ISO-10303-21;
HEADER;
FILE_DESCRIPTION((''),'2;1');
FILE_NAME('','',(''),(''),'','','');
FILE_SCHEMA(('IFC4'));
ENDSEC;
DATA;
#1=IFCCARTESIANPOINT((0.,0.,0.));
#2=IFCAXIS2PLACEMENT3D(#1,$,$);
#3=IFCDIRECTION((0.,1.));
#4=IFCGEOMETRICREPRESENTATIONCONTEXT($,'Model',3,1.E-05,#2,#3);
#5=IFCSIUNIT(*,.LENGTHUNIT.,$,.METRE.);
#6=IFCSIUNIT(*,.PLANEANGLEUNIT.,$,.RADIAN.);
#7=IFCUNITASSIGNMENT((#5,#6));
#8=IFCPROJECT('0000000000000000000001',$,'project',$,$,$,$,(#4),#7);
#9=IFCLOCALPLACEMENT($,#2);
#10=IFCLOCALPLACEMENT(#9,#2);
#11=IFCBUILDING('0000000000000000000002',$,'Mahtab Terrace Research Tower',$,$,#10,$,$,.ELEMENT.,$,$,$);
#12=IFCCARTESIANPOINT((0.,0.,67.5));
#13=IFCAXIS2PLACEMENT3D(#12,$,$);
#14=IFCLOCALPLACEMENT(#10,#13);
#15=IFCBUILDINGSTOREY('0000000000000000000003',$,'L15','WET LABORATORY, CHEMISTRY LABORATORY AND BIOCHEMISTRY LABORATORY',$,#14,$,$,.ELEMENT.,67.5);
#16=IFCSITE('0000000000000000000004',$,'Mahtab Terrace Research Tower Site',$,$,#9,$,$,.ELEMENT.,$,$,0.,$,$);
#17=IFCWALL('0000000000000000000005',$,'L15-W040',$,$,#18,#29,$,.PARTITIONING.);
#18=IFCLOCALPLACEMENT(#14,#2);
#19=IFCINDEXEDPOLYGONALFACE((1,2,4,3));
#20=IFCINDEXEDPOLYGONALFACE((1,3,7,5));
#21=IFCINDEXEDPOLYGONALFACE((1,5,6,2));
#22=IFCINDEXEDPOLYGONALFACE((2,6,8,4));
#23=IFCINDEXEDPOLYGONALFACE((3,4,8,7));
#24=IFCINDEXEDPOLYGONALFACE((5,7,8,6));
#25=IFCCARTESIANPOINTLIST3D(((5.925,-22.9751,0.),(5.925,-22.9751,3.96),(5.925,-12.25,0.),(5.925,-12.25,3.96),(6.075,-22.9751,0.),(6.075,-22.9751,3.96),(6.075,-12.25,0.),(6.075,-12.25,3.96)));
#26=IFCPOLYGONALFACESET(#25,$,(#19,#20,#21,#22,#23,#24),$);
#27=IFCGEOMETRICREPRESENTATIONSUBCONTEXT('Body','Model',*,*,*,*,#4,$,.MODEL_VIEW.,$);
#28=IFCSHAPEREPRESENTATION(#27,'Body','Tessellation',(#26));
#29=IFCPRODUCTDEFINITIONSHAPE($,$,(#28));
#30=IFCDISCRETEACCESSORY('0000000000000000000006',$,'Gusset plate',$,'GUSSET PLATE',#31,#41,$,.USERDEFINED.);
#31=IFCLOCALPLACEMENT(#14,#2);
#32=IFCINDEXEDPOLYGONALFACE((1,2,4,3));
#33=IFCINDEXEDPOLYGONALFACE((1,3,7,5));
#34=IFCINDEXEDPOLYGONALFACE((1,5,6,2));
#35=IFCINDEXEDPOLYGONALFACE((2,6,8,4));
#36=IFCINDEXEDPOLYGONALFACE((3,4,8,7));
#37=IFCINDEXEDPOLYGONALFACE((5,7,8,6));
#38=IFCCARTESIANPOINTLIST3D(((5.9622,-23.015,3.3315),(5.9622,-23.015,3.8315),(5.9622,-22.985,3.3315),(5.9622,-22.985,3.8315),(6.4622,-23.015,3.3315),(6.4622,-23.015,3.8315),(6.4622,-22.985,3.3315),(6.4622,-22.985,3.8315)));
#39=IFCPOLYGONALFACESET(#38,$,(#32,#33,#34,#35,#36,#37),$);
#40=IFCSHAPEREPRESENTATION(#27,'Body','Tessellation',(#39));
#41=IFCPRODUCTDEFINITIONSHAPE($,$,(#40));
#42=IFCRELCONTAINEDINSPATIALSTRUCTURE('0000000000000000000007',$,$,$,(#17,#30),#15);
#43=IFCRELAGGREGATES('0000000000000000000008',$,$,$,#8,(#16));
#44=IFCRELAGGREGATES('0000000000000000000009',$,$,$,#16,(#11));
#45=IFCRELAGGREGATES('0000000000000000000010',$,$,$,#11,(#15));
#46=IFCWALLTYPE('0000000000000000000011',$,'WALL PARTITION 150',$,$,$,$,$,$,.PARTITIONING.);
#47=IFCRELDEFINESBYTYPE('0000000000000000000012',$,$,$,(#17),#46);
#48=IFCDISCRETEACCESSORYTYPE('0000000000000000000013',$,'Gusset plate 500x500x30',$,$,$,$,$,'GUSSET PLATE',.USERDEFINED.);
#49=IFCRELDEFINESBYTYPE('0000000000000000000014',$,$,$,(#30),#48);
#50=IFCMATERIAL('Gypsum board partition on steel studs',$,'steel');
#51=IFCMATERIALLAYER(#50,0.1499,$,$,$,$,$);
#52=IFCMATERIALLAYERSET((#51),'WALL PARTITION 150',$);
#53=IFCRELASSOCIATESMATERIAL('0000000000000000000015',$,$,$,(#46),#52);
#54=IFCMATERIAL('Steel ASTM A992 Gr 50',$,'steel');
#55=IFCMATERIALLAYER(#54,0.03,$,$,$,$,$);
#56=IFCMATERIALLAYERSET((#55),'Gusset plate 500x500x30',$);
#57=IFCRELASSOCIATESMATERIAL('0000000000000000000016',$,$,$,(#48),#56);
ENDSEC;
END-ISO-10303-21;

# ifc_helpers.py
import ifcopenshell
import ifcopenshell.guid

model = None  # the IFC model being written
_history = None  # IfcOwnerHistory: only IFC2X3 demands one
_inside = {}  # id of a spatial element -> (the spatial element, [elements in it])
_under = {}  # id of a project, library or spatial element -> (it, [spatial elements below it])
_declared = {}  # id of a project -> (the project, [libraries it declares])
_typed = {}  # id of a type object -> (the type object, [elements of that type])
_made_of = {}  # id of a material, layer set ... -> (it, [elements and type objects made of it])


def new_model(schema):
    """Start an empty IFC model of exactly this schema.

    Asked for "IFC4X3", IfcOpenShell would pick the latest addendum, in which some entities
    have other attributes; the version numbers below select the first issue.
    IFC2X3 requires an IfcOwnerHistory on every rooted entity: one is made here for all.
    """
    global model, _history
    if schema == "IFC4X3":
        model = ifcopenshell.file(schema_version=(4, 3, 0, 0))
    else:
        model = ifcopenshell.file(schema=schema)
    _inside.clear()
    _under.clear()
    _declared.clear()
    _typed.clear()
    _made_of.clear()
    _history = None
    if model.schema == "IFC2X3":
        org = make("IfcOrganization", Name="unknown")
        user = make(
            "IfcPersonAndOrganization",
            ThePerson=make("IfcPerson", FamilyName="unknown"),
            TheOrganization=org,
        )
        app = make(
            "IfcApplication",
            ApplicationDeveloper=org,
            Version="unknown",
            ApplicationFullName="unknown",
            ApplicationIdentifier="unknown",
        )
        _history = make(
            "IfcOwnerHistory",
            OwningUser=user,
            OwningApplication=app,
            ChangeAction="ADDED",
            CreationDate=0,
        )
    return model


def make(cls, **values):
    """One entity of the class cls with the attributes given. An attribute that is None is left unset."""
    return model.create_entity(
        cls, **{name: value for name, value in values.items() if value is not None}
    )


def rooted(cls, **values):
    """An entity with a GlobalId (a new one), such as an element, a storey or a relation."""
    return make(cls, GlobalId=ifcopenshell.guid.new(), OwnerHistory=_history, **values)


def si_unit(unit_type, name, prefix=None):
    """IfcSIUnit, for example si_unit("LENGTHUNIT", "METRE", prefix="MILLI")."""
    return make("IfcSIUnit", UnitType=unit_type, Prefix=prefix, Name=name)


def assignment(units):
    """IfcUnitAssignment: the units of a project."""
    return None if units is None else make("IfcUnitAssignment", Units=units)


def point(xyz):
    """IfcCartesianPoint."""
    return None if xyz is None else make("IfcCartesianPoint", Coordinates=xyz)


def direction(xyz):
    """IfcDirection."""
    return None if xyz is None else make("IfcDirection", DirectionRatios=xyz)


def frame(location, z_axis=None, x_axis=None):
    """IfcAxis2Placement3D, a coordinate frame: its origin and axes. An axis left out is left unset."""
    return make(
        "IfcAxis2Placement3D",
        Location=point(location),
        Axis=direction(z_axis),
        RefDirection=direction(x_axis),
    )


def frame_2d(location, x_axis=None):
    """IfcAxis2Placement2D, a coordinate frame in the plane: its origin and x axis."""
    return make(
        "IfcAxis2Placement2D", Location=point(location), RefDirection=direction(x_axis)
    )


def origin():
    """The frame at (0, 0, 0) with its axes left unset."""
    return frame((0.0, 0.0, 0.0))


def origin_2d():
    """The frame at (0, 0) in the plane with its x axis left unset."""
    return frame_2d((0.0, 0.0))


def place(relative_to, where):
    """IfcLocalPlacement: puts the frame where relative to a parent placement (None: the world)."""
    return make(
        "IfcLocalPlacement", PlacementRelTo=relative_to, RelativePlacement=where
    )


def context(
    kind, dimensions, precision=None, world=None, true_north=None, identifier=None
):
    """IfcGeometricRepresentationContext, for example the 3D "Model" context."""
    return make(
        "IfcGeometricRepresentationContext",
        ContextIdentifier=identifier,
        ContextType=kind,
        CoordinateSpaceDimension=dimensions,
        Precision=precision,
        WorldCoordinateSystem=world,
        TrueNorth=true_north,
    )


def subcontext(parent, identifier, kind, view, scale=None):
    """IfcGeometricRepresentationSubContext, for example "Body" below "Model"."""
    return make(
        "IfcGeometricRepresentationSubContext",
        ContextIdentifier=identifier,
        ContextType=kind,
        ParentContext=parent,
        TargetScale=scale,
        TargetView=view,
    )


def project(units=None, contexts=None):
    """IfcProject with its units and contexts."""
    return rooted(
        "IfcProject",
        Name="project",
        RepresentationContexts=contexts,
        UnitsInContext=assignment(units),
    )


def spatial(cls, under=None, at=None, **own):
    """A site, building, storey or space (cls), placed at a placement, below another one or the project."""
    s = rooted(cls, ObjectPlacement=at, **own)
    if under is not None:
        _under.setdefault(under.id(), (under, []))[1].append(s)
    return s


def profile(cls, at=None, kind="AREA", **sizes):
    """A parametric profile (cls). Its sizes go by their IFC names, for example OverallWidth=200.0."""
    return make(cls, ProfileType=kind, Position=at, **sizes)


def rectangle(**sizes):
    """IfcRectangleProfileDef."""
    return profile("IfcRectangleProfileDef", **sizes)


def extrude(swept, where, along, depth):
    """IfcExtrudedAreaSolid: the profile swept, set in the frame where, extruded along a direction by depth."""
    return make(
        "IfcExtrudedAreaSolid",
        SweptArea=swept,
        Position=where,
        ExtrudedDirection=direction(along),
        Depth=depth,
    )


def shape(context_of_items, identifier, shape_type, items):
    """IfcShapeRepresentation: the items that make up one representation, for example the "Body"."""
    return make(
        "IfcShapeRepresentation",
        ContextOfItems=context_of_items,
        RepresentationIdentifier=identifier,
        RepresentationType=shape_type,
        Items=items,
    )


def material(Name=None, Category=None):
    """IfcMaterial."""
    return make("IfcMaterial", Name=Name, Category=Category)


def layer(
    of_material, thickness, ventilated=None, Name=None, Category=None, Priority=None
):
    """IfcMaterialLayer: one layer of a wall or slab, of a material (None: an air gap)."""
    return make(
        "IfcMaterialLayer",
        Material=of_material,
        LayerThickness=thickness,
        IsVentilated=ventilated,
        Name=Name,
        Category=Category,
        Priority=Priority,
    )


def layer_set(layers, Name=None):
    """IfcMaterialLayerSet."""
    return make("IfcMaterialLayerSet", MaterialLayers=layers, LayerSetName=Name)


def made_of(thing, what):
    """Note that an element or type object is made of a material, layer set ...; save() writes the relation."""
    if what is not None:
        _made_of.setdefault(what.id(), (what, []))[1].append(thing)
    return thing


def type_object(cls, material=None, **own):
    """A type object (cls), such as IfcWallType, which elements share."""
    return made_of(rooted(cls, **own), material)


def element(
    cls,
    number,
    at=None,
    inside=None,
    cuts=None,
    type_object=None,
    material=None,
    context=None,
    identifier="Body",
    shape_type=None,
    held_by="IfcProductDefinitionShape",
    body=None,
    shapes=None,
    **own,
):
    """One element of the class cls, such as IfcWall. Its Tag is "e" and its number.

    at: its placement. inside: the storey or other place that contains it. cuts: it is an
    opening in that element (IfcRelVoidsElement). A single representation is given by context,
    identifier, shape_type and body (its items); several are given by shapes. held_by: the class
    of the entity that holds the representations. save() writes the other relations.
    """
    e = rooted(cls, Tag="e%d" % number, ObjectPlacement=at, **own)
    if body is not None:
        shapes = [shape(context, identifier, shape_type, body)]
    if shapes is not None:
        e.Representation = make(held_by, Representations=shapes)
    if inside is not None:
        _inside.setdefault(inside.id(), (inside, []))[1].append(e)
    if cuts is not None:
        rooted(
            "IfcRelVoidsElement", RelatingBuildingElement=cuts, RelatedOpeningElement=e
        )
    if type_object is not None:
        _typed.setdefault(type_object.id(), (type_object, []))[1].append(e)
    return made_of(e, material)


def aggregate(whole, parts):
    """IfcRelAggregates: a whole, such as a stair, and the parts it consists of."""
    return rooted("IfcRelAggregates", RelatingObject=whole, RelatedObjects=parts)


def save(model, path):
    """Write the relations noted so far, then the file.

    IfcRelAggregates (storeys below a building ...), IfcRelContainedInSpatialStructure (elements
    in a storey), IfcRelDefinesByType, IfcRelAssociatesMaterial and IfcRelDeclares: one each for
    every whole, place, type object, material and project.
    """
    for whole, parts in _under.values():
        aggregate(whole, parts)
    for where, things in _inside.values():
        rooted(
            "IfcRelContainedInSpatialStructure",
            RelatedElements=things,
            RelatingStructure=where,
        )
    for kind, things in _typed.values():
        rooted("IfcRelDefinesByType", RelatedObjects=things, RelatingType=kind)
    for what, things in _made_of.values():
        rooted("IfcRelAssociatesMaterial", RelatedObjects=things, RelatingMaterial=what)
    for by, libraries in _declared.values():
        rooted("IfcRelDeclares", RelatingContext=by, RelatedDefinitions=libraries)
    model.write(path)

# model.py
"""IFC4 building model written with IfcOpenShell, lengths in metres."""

from ifc_helpers import new_model, si_unit, direction, frame, frame_2d, origin, origin_2d, place, context, subcontext, project, spatial, rectangle, extrude, material, layer, layer_set, type_object, element, save


model = new_model("IFC4")

# Units and contexts
model_context = context("Model", 3, precision=1e-05, world=origin(), true_north=direction((0.0, 1.0)))
body_context = subcontext(model_context, "Body", "Model", "MODEL_VIEW")
ifc_project = project(units=[si_unit("LENGTHUNIT", "METRE"), si_unit("PLANEANGLEUNIT", "RADIAN")], contexts=[model_context])

# Site, building, storey
site_placement = place(None, origin())
site = spatial("IfcSite", under=ifc_project, at=site_placement, Name="Mahtab Terrace Research Tower Site", CompositionType="ELEMENT", RefElevation=0.0)
building_placement = place(site_placement, origin())
building = spatial("IfcBuilding", under=site, at=building_placement, Name="Mahtab Terrace Research Tower", CompositionType="ELEMENT")
storey_placement = place(building_placement, frame((0.0, 0.0, 67.5)))
storey = spatial("IfcBuildingStorey", under=building, at=storey_placement, Name="L15", Description="WET LABORATORY, CHEMISTRY LABORATORY AND BIOCHEMISTRY LABORATORY", CompositionType="ELEMENT", Elevation=67.5)

# Shared definitions
ifc_material_1 = material(Name="Steel ASTM A992 Gr 50", Category="steel")

# Wall
ifc_material_2 = material(Name="Gypsum board partition on steel studs", Category="steel")
ifc_layer_1 = layer(ifc_material_2, 0.1499)
ifc_layer_set_1 = layer_set([ifc_layer_1], Name="WALL PARTITION 150")
wall_type_1 = type_object("IfcWallType", Name="WALL PARTITION 150", PredefinedType="PARTITIONING", material=ifc_layer_set_1)
wall_1_placement = place(storey_placement, frame((6.0, -22.9751, 0.0), z_axis=(0.0, 0.0, 1.0), x_axis=(0.0, 1.0, 0.0)))
element("IfcWall", 1, at=wall_1_placement, inside=storey, type_object=wall_type_1, Name="L15-W040", PredefinedType="PARTITIONING", context=body_context, shape_type="SweptSolid", body=[
    extrude(rectangle(XDim=10.7251, YDim=0.1499, at=frame_2d((5.3625, 0.0))), origin(), (0.0, 0.0, 1.0), 3.96),
])

# Discrete accessory
ifc_layer_2 = layer(ifc_material_1, 0.03)
ifc_layer_set_2 = layer_set([ifc_layer_2], Name="Gusset plate 500x500x30")
discrete_accessory_type = type_object("IfcDiscreteAccessoryType", Name="Gusset plate 500x500x30", ElementType="GUSSET PLATE", PredefinedType="USERDEFINED", material=ifc_layer_set_2)
discrete_accessory_placement = place(storey_placement, frame((6.2122, -23.0, 3.3315), z_axis=(0.0, 0.0, 1.0), x_axis=(1.0, 0.0, 0.0)))
element("IfcDiscreteAccessory", 2, at=discrete_accessory_placement, inside=storey, type_object=discrete_accessory_type, Name="Gusset plate", ObjectType="GUSSET PLATE", PredefinedType="USERDEFINED", context=body_context, shape_type="SweptSolid", body=[
    extrude(rectangle(XDim=0.5, YDim=0.03, at=origin_2d()), origin(), (0.0, 0.0, 1.0), 0.5),
])

save(model, "model.ifc")
